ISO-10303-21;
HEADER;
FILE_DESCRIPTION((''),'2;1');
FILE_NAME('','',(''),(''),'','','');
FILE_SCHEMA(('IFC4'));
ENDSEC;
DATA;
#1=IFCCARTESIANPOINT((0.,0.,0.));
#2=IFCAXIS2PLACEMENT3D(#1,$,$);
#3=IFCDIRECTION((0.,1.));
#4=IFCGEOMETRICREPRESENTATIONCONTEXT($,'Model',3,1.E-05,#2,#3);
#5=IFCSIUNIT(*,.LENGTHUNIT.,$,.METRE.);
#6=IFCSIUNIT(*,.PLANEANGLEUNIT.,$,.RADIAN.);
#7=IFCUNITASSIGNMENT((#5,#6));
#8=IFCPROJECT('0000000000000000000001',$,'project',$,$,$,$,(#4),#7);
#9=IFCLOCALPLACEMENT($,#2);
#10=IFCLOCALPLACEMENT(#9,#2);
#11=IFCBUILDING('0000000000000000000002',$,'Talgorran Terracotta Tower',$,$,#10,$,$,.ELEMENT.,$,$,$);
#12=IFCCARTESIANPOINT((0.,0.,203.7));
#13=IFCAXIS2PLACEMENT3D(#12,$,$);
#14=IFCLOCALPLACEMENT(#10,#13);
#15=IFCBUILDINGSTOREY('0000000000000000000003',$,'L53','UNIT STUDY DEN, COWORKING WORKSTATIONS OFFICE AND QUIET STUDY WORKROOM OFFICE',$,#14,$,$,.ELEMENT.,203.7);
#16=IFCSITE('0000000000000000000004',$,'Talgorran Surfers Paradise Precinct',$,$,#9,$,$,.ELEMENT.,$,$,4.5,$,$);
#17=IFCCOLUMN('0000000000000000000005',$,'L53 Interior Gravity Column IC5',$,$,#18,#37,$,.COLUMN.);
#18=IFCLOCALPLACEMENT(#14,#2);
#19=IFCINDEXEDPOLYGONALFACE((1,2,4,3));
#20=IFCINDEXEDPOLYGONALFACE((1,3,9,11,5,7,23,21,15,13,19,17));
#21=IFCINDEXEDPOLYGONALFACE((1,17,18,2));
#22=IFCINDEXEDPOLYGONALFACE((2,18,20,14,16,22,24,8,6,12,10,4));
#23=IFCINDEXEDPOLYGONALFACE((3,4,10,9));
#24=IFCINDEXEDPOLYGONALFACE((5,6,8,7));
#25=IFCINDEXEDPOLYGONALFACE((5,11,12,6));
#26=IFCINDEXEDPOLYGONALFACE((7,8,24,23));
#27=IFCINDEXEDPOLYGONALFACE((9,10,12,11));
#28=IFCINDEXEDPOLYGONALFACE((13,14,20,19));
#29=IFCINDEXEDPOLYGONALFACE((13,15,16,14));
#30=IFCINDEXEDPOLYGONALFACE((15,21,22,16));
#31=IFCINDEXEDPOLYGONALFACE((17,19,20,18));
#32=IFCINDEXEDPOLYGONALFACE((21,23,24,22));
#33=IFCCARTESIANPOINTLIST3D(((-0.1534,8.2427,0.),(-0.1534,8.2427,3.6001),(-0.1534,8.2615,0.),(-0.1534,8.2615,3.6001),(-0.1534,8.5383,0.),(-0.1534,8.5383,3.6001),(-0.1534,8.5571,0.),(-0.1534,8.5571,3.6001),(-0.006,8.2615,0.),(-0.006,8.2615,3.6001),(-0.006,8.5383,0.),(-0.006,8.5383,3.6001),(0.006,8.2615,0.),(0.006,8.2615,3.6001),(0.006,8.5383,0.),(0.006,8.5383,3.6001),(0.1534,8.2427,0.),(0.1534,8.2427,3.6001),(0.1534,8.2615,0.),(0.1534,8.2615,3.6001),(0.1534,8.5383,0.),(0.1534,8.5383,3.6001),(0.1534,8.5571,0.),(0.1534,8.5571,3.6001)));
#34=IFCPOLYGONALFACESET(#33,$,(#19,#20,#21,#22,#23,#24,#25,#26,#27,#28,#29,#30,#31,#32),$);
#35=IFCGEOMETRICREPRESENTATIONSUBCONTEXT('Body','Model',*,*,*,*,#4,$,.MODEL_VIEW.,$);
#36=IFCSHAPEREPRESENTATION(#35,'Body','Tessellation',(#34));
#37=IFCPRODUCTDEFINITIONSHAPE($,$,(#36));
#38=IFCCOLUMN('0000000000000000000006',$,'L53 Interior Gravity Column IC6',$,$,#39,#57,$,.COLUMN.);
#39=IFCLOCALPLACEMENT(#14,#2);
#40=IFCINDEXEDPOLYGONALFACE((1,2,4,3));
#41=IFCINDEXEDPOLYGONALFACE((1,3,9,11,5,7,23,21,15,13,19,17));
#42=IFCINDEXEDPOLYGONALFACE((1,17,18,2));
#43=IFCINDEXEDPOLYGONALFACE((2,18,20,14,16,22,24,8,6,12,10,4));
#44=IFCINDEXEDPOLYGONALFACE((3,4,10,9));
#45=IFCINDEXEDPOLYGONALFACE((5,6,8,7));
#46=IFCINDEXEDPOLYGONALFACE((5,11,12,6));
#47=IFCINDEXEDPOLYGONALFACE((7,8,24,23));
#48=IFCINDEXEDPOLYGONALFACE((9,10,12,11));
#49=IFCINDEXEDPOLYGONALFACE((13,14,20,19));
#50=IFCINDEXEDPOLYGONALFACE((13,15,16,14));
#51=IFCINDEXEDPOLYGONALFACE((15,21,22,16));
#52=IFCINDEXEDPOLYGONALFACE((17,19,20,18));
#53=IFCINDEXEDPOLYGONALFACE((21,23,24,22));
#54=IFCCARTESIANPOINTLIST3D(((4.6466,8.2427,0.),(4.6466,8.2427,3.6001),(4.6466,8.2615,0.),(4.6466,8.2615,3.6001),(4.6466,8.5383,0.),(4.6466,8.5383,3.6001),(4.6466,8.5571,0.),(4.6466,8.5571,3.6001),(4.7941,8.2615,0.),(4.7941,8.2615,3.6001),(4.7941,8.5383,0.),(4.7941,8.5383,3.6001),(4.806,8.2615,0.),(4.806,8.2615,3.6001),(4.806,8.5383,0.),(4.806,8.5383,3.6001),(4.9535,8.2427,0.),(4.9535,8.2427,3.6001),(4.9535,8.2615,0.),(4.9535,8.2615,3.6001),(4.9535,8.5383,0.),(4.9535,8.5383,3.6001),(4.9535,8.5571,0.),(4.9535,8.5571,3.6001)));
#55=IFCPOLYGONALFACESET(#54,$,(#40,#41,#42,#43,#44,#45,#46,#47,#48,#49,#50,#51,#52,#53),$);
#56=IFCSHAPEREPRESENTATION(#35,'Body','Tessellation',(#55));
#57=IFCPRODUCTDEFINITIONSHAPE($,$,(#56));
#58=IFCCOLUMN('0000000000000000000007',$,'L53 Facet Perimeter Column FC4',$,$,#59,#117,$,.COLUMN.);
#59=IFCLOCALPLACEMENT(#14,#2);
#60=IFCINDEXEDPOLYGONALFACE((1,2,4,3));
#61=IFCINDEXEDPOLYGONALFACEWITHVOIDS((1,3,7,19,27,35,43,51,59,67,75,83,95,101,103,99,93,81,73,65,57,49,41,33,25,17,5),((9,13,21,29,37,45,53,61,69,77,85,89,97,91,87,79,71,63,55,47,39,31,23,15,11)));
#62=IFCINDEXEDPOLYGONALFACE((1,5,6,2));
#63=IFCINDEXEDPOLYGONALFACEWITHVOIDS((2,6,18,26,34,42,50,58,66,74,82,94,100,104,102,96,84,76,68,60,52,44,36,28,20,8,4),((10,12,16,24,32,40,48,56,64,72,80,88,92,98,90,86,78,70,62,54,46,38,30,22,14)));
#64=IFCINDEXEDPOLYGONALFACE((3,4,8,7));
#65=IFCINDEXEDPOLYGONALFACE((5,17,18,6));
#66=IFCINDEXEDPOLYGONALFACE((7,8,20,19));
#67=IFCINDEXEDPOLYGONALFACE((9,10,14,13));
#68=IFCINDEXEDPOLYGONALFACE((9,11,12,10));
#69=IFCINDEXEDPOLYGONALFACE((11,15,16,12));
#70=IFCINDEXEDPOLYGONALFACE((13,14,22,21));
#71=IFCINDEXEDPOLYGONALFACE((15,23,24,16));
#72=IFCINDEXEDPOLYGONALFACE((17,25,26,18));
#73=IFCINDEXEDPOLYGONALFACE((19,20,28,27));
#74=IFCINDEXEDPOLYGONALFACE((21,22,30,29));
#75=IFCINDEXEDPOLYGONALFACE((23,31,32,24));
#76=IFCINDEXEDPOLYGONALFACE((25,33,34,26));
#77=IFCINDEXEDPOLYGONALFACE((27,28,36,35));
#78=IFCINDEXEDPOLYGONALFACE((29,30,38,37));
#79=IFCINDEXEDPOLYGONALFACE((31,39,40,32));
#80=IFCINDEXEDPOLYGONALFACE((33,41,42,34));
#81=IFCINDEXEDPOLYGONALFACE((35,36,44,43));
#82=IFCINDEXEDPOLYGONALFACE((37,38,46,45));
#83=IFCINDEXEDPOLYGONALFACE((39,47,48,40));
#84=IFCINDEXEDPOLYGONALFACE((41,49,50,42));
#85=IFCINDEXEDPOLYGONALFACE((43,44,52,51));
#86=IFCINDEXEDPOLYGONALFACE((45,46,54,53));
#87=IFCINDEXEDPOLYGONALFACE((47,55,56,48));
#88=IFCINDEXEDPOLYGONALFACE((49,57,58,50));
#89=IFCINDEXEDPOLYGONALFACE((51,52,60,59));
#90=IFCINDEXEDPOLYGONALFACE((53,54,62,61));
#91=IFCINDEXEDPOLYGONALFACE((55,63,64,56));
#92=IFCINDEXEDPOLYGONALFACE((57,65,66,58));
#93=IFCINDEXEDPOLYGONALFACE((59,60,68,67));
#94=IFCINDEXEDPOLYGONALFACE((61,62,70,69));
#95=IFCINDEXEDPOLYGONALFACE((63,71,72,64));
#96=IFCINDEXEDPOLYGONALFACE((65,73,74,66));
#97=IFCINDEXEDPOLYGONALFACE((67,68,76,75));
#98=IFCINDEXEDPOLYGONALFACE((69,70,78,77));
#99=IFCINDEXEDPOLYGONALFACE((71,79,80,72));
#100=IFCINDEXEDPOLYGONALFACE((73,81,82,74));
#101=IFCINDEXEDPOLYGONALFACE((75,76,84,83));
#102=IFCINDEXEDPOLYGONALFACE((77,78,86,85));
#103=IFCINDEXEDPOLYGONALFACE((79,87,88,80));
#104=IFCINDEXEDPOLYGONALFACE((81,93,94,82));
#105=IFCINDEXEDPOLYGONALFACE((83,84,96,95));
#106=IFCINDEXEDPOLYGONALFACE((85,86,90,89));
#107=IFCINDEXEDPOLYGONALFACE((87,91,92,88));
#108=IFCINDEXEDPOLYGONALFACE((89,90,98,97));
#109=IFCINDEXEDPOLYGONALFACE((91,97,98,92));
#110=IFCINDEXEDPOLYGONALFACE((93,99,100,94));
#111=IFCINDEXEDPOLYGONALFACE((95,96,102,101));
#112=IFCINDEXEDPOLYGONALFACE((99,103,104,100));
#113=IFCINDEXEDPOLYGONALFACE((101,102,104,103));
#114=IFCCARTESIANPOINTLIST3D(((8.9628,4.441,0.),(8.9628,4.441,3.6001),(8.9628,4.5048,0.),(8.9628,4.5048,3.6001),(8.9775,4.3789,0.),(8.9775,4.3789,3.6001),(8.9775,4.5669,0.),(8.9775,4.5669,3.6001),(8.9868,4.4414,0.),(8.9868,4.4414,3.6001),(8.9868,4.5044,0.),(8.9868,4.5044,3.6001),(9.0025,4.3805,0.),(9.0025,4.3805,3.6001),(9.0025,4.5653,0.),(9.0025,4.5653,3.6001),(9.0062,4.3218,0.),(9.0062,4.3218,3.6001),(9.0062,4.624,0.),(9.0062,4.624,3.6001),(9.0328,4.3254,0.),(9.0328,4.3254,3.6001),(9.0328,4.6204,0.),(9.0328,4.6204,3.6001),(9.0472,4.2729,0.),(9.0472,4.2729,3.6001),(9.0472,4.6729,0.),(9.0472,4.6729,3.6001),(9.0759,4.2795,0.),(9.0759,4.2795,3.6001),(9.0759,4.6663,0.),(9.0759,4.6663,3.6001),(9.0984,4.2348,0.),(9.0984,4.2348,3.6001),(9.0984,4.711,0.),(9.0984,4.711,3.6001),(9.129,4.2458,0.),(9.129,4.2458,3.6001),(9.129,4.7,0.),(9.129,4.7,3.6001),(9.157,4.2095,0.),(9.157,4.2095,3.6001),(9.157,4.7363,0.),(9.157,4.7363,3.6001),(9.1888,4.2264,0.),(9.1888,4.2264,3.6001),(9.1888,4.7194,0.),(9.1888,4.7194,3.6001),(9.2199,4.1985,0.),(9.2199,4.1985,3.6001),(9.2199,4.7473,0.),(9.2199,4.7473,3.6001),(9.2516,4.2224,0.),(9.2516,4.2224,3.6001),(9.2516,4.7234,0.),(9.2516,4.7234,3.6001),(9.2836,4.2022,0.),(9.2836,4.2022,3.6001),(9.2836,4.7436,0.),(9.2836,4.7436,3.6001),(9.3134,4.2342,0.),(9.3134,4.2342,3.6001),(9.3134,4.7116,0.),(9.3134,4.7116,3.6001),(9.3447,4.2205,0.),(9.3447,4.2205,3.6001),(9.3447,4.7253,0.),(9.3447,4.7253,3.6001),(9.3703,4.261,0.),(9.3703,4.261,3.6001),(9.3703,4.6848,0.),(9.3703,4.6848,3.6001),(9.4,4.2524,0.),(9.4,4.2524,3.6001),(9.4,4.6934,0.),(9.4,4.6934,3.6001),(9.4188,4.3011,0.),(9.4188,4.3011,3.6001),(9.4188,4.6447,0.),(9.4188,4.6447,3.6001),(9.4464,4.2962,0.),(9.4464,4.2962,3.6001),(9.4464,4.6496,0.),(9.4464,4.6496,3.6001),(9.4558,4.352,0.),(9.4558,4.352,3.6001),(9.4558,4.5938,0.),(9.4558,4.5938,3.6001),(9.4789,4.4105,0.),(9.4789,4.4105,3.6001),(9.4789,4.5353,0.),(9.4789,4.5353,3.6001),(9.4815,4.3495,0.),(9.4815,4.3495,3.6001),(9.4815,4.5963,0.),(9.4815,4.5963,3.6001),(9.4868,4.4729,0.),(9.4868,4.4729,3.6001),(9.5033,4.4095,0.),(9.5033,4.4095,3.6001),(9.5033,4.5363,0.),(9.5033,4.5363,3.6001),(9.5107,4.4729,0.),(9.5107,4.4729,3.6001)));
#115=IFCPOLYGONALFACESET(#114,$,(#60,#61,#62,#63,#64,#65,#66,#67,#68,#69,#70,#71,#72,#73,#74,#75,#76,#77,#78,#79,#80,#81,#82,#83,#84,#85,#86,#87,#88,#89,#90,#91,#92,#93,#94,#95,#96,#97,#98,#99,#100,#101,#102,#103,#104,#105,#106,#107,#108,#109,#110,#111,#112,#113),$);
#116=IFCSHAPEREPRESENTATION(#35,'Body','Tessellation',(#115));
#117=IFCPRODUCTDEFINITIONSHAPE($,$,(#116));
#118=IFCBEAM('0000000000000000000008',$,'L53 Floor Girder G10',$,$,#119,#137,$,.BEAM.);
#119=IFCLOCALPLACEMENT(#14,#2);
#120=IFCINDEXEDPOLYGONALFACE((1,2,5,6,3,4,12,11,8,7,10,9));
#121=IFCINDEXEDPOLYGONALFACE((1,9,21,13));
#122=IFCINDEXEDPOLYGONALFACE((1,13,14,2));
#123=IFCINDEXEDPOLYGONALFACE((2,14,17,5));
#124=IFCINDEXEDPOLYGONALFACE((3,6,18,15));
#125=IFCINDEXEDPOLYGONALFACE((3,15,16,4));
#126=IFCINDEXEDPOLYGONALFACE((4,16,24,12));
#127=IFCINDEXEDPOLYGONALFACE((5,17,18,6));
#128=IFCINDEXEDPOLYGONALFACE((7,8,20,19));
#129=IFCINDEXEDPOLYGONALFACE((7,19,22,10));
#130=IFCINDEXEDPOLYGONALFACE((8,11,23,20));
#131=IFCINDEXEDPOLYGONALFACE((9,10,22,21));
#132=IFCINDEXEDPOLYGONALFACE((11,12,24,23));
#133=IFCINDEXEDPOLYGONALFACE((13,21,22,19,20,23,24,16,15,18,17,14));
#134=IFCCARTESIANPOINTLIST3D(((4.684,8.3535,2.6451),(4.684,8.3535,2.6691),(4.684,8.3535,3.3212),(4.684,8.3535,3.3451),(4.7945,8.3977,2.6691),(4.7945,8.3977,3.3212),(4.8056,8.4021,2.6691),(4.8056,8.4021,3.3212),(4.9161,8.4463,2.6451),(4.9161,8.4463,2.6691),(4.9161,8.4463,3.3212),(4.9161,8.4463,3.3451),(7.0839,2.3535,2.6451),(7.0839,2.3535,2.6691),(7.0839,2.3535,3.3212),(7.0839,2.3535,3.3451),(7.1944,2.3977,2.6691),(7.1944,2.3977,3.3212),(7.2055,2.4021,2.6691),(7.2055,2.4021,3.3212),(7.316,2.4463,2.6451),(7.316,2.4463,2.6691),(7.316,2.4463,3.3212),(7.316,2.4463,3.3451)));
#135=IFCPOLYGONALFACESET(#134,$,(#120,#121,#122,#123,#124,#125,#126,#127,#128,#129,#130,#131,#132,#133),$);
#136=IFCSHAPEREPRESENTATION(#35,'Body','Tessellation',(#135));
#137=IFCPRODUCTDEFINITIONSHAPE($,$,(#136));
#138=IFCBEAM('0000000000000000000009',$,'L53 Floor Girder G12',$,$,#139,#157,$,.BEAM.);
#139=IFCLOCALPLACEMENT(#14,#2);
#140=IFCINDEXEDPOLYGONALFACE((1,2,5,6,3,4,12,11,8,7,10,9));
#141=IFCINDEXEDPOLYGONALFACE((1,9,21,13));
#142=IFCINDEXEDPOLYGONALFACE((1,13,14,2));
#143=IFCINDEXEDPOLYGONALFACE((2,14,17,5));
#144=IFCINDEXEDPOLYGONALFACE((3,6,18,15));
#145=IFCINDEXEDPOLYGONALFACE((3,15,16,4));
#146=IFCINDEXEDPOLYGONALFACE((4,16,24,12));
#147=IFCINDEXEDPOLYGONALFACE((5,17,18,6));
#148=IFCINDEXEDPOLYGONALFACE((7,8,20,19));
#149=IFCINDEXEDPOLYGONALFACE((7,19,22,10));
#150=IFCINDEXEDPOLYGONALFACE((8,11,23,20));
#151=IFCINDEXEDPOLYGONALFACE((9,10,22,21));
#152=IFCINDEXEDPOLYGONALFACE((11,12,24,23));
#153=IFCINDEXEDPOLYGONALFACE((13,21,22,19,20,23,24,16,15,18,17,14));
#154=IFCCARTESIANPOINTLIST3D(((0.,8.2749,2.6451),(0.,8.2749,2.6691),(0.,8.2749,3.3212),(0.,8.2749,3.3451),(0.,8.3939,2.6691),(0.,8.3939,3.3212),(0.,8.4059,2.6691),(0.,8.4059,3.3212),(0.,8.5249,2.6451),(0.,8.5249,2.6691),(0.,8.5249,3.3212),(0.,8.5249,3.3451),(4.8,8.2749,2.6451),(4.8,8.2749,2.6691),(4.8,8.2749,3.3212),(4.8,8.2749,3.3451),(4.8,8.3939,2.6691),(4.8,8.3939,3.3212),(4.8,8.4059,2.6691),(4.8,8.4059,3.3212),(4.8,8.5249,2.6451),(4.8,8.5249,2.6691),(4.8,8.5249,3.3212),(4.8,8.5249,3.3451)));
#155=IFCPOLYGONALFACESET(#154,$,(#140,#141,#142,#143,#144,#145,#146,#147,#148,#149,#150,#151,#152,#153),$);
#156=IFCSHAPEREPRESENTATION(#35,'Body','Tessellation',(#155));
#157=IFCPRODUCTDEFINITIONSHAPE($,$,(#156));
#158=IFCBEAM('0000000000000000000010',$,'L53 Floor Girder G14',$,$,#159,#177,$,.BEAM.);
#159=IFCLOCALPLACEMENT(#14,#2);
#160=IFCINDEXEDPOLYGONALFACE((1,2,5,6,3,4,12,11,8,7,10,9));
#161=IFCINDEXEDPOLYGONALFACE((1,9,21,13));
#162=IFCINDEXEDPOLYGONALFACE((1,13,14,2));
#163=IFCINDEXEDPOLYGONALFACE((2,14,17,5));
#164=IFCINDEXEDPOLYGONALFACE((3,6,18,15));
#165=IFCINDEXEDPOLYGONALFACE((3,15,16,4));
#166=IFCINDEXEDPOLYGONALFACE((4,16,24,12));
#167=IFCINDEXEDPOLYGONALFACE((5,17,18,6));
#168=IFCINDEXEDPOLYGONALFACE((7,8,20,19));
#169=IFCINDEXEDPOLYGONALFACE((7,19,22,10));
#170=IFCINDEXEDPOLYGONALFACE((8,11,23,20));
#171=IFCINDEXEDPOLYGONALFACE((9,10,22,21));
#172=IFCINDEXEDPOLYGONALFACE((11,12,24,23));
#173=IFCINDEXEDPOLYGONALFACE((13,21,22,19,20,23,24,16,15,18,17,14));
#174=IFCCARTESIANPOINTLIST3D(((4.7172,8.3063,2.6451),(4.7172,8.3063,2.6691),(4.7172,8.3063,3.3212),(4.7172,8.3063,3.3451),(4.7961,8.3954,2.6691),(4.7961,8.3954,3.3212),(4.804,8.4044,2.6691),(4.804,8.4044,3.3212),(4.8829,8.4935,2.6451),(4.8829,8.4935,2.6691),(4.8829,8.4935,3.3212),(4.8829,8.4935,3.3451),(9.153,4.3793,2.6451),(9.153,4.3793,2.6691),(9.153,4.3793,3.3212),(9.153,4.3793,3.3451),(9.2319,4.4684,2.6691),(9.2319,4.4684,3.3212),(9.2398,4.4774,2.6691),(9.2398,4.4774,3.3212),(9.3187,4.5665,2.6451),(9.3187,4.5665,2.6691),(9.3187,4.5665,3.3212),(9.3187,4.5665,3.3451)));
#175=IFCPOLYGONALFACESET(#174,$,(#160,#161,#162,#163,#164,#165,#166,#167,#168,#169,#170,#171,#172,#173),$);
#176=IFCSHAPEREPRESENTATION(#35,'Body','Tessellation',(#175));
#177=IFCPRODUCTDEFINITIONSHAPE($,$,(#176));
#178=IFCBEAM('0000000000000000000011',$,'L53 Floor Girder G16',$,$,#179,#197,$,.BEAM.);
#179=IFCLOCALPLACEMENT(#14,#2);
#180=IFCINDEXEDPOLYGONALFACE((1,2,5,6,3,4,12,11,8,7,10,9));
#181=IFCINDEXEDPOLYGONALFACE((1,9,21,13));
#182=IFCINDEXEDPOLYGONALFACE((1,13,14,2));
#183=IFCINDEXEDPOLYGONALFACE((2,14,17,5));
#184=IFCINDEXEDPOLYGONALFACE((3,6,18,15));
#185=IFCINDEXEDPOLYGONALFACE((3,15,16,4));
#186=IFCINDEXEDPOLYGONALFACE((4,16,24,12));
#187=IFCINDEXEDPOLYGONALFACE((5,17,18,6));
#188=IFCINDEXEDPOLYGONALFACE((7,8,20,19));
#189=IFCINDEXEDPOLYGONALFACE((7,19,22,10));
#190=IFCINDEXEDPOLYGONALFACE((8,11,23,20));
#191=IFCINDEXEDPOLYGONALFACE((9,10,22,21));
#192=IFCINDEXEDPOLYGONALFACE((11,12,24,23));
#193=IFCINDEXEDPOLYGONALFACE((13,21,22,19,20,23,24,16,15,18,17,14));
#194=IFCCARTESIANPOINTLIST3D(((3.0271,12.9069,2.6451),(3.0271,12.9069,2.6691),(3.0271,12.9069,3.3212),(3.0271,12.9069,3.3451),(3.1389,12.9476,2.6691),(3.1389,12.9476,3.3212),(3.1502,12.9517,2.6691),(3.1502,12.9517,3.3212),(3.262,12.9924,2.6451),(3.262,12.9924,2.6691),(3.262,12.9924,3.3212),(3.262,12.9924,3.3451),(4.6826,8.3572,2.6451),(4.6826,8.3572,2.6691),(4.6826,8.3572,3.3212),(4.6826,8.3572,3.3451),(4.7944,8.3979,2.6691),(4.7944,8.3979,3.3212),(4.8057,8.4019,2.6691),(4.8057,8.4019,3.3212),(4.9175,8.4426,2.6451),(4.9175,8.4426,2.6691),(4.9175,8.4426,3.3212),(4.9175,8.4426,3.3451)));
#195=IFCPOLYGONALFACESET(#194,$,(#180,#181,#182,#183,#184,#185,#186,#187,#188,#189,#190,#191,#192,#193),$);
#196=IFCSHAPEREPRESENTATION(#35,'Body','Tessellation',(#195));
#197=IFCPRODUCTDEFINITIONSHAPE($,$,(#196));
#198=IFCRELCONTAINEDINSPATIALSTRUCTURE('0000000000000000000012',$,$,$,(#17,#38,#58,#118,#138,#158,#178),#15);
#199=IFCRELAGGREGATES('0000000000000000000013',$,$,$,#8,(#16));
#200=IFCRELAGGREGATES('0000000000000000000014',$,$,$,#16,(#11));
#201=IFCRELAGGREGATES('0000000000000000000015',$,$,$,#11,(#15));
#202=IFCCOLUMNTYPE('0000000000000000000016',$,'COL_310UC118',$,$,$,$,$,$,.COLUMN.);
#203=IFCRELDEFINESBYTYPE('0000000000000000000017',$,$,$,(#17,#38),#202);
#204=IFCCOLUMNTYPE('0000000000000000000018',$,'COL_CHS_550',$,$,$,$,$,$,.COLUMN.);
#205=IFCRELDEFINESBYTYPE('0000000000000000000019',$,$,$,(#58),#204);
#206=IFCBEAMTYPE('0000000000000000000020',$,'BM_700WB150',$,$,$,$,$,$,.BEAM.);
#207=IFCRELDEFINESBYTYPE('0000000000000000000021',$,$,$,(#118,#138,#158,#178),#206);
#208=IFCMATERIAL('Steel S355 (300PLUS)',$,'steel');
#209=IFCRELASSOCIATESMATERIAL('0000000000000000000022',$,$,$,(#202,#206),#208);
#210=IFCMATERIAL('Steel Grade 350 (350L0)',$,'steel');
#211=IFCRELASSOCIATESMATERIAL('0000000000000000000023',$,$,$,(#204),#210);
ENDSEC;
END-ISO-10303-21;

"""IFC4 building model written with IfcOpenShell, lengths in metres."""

from ifc_helpers import new_model, si_unit, direction, frame, origin, origin_2d, place, context, subcontext, project, spatial, hollow_circle, i_section, extrude, material, material_profile, profile_set, type_object, element, save


model = new_model("IFC4")

# Units and contexts
model_context = context("Model", 3, precision=1e-05, world=origin(), true_north=direction((0.0, 1.0)))
body_context = subcontext(model_context, "Body", "Model", "MODEL_VIEW")
ifc_project = project(units=[si_unit("LENGTHUNIT", "METRE"), si_unit("PLANEANGLEUNIT", "RADIAN")], contexts=[model_context])

# Site, building, storey
site_placement = place(None, origin())
site = spatial("IfcSite", under=ifc_project, at=site_placement, Name="Talgorran Surfers Paradise Precinct", CompositionType="ELEMENT", RefElevation=4.5)
building_placement = place(site_placement, origin())
building = spatial("IfcBuilding", under=site, at=building_placement, Name="Talgorran Terracotta Tower", CompositionType="ELEMENT")
storey_placement = place(building_placement, frame((0.0, 0.0, 203.7)))
storey = spatial("IfcBuildingStorey", under=building, at=storey_placement, Name="L53", Description="UNIT STUDY DEN, COWORKING WORKSTATIONS OFFICE AND QUIET STUDY WORKROOM OFFICE", CompositionType="ELEMENT", Elevation=203.7)

# Columns
ifc_material_1 = material(Name="Steel S355 (300PLUS)", Category="steel")
ifc_material_profile_1 = material_profile(ifc_material_1, i_section(OverallWidth=0.3069, OverallDepth=0.3145, WebThickness=0.012, FlangeThickness=0.0188, at=origin_2d()), Name="310UC118")
ifc_profile_set_1 = profile_set([ifc_material_profile_1], Name="Steel S355 (300PLUS)")
column_type_1 = type_object("IfcColumnType", Name="COL_310UC118", PredefinedType="COLUMN", material=ifc_profile_set_1)
for number, where, z_axis, x_axis, name in (
    (1, (0.0, 8.3999, 0.0), (0.0, 0.0, 1.0), (1.0, 0.0, 0.0), "L53 Interior Gravity Column IC5"),
    (2, (4.8, 8.3999, 0.0), (0.0, 0.0, 1.0), (1.0, 0.0, 0.0), "L53 Interior Gravity Column IC6"),
):
    element("IfcColumn", number, at=place(storey_placement, frame(where, z_axis=z_axis, x_axis=x_axis)), inside=storey, type_object=column_type_1, Name=name, PredefinedType="COLUMN", context=body_context, shape_type="SweptSolid", body=[
        extrude(i_section(OverallWidth=0.3069, OverallDepth=0.3145, WebThickness=0.012, FlangeThickness=0.0188, at=origin_2d()), origin(), (0.0, 0.0, 1.0), 3.6001),
    ])
ifc_material_2 = material(Name="Steel Grade 350 (350L0)", Category="steel")
ifc_material_profile_2 = material_profile(ifc_material_2, hollow_circle(Radius=0.2749, WallThickness=0.0239, at=origin_2d()), Name="CHS550X24")
ifc_profile_set_2 = profile_set([ifc_material_profile_2], Name="Steel Grade 350 (350L0)")
column_type_2 = type_object("IfcColumnType", Name="COL_CHS_550", PredefinedType="COLUMN", material=ifc_profile_set_2)
column_placement = place(storey_placement, frame((9.2358, 4.4729, 0.0), z_axis=(0.0, 0.0, 1.0), x_axis=(1.0, 0.0, 0.0)))
element("IfcColumn", 3, at=column_placement, inside=storey, type_object=column_type_2, Name="L53 Facet Perimeter Column FC4", PredefinedType="COLUMN", context=body_context, shape_type="SweptSolid", body=[
    extrude(hollow_circle(Radius=0.2749, WallThickness=0.0239, at=origin_2d()), origin(), (0.0, 0.0, 1.0), 3.6001),
])

# Beams
ifc_material_profile_3 = material_profile(ifc_material_1, i_section(OverallWidth=0.25, OverallDepth=0.7, WebThickness=0.012, FlangeThickness=0.0239, at=origin_2d()), Name="700WB150")
ifc_profile_set_3 = profile_set([ifc_material_profile_3], Name="Steel S355 (300PLUS)")
beam_type_1 = type_object("IfcBeamType", Name="BM_700WB150", PredefinedType="BEAM", material=ifc_profile_set_3)
beam_1_placement = place(storey_placement, frame((7.2, 2.3999, 2.9951), z_axis=(-0.371378, 0.928482, 0.0), x_axis=(-0.928482, -0.371378, 0.0)))
element("IfcBeam", 4, at=beam_1_placement, inside=storey, type_object=beam_type_1, Name="L53 Floor Girder G10", PredefinedType="BEAM", context=body_context, shape_type="SweptSolid", body=[
    extrude(i_section(OverallWidth=0.25, OverallDepth=0.7, WebThickness=0.012, FlangeThickness=0.0239, at=origin_2d()), origin(), (0.0, 0.0, 1.0), 6.4622),
])
beam_2_placement = place(storey_placement, frame((0.0, 8.3999, 2.9951), z_axis=(1.0, 0.0, 0.0), x_axis=(0.0, 1.0, 0.0)))
element("IfcBeam", 5, at=beam_2_placement, inside=storey, type_object=beam_type_1, Name="L53 Floor Girder G12", PredefinedType="BEAM", context=body_context, shape_type="SweptSolid", body=[
    extrude(i_section(OverallWidth=0.25, OverallDepth=0.7, WebThickness=0.012, FlangeThickness=0.0239, at=origin_2d()), origin(), (0.0, 0.0, 1.0), 4.8),
])
beam_3_placement = place(storey_placement, frame((4.8, 8.3999, 2.9951), z_axis=(0.748742, -0.662861, 0.0), x_axis=(0.662861, 0.748742, 0.0)))
element("IfcBeam", 6, at=beam_3_placement, inside=storey, type_object=beam_type_1, Name="L53 Floor Girder G14", PredefinedType="BEAM", context=body_context, shape_type="SweptSolid", body=[
    extrude(i_section(OverallWidth=0.25, OverallDepth=0.7, WebThickness=0.012, FlangeThickness=0.0239, at=origin_2d()), origin(), (0.0, 0.0, 1.0), 5.9243),
])
beam_4_placement = place(storey_placement, frame((4.8, 8.3999, 2.9951), z_axis=(-0.341933, 0.939724, 0.0), x_axis=(-0.939724, -0.341933, 0.0)))
element("IfcBeam", 7, at=beam_4_placement, inside=storey, type_object=beam_type_1, Name="L53 Floor Girder G16", PredefinedType="BEAM", context=body_context, shape_type="SweptSolid", body=[
    extrude(i_section(OverallWidth=0.25, OverallDepth=0.7, WebThickness=0.012, FlangeThickness=0.0239, at=origin_2d()), origin(), (0.0, 0.0, 1.0), 4.8416),
])

save(model, "model.ifc")
